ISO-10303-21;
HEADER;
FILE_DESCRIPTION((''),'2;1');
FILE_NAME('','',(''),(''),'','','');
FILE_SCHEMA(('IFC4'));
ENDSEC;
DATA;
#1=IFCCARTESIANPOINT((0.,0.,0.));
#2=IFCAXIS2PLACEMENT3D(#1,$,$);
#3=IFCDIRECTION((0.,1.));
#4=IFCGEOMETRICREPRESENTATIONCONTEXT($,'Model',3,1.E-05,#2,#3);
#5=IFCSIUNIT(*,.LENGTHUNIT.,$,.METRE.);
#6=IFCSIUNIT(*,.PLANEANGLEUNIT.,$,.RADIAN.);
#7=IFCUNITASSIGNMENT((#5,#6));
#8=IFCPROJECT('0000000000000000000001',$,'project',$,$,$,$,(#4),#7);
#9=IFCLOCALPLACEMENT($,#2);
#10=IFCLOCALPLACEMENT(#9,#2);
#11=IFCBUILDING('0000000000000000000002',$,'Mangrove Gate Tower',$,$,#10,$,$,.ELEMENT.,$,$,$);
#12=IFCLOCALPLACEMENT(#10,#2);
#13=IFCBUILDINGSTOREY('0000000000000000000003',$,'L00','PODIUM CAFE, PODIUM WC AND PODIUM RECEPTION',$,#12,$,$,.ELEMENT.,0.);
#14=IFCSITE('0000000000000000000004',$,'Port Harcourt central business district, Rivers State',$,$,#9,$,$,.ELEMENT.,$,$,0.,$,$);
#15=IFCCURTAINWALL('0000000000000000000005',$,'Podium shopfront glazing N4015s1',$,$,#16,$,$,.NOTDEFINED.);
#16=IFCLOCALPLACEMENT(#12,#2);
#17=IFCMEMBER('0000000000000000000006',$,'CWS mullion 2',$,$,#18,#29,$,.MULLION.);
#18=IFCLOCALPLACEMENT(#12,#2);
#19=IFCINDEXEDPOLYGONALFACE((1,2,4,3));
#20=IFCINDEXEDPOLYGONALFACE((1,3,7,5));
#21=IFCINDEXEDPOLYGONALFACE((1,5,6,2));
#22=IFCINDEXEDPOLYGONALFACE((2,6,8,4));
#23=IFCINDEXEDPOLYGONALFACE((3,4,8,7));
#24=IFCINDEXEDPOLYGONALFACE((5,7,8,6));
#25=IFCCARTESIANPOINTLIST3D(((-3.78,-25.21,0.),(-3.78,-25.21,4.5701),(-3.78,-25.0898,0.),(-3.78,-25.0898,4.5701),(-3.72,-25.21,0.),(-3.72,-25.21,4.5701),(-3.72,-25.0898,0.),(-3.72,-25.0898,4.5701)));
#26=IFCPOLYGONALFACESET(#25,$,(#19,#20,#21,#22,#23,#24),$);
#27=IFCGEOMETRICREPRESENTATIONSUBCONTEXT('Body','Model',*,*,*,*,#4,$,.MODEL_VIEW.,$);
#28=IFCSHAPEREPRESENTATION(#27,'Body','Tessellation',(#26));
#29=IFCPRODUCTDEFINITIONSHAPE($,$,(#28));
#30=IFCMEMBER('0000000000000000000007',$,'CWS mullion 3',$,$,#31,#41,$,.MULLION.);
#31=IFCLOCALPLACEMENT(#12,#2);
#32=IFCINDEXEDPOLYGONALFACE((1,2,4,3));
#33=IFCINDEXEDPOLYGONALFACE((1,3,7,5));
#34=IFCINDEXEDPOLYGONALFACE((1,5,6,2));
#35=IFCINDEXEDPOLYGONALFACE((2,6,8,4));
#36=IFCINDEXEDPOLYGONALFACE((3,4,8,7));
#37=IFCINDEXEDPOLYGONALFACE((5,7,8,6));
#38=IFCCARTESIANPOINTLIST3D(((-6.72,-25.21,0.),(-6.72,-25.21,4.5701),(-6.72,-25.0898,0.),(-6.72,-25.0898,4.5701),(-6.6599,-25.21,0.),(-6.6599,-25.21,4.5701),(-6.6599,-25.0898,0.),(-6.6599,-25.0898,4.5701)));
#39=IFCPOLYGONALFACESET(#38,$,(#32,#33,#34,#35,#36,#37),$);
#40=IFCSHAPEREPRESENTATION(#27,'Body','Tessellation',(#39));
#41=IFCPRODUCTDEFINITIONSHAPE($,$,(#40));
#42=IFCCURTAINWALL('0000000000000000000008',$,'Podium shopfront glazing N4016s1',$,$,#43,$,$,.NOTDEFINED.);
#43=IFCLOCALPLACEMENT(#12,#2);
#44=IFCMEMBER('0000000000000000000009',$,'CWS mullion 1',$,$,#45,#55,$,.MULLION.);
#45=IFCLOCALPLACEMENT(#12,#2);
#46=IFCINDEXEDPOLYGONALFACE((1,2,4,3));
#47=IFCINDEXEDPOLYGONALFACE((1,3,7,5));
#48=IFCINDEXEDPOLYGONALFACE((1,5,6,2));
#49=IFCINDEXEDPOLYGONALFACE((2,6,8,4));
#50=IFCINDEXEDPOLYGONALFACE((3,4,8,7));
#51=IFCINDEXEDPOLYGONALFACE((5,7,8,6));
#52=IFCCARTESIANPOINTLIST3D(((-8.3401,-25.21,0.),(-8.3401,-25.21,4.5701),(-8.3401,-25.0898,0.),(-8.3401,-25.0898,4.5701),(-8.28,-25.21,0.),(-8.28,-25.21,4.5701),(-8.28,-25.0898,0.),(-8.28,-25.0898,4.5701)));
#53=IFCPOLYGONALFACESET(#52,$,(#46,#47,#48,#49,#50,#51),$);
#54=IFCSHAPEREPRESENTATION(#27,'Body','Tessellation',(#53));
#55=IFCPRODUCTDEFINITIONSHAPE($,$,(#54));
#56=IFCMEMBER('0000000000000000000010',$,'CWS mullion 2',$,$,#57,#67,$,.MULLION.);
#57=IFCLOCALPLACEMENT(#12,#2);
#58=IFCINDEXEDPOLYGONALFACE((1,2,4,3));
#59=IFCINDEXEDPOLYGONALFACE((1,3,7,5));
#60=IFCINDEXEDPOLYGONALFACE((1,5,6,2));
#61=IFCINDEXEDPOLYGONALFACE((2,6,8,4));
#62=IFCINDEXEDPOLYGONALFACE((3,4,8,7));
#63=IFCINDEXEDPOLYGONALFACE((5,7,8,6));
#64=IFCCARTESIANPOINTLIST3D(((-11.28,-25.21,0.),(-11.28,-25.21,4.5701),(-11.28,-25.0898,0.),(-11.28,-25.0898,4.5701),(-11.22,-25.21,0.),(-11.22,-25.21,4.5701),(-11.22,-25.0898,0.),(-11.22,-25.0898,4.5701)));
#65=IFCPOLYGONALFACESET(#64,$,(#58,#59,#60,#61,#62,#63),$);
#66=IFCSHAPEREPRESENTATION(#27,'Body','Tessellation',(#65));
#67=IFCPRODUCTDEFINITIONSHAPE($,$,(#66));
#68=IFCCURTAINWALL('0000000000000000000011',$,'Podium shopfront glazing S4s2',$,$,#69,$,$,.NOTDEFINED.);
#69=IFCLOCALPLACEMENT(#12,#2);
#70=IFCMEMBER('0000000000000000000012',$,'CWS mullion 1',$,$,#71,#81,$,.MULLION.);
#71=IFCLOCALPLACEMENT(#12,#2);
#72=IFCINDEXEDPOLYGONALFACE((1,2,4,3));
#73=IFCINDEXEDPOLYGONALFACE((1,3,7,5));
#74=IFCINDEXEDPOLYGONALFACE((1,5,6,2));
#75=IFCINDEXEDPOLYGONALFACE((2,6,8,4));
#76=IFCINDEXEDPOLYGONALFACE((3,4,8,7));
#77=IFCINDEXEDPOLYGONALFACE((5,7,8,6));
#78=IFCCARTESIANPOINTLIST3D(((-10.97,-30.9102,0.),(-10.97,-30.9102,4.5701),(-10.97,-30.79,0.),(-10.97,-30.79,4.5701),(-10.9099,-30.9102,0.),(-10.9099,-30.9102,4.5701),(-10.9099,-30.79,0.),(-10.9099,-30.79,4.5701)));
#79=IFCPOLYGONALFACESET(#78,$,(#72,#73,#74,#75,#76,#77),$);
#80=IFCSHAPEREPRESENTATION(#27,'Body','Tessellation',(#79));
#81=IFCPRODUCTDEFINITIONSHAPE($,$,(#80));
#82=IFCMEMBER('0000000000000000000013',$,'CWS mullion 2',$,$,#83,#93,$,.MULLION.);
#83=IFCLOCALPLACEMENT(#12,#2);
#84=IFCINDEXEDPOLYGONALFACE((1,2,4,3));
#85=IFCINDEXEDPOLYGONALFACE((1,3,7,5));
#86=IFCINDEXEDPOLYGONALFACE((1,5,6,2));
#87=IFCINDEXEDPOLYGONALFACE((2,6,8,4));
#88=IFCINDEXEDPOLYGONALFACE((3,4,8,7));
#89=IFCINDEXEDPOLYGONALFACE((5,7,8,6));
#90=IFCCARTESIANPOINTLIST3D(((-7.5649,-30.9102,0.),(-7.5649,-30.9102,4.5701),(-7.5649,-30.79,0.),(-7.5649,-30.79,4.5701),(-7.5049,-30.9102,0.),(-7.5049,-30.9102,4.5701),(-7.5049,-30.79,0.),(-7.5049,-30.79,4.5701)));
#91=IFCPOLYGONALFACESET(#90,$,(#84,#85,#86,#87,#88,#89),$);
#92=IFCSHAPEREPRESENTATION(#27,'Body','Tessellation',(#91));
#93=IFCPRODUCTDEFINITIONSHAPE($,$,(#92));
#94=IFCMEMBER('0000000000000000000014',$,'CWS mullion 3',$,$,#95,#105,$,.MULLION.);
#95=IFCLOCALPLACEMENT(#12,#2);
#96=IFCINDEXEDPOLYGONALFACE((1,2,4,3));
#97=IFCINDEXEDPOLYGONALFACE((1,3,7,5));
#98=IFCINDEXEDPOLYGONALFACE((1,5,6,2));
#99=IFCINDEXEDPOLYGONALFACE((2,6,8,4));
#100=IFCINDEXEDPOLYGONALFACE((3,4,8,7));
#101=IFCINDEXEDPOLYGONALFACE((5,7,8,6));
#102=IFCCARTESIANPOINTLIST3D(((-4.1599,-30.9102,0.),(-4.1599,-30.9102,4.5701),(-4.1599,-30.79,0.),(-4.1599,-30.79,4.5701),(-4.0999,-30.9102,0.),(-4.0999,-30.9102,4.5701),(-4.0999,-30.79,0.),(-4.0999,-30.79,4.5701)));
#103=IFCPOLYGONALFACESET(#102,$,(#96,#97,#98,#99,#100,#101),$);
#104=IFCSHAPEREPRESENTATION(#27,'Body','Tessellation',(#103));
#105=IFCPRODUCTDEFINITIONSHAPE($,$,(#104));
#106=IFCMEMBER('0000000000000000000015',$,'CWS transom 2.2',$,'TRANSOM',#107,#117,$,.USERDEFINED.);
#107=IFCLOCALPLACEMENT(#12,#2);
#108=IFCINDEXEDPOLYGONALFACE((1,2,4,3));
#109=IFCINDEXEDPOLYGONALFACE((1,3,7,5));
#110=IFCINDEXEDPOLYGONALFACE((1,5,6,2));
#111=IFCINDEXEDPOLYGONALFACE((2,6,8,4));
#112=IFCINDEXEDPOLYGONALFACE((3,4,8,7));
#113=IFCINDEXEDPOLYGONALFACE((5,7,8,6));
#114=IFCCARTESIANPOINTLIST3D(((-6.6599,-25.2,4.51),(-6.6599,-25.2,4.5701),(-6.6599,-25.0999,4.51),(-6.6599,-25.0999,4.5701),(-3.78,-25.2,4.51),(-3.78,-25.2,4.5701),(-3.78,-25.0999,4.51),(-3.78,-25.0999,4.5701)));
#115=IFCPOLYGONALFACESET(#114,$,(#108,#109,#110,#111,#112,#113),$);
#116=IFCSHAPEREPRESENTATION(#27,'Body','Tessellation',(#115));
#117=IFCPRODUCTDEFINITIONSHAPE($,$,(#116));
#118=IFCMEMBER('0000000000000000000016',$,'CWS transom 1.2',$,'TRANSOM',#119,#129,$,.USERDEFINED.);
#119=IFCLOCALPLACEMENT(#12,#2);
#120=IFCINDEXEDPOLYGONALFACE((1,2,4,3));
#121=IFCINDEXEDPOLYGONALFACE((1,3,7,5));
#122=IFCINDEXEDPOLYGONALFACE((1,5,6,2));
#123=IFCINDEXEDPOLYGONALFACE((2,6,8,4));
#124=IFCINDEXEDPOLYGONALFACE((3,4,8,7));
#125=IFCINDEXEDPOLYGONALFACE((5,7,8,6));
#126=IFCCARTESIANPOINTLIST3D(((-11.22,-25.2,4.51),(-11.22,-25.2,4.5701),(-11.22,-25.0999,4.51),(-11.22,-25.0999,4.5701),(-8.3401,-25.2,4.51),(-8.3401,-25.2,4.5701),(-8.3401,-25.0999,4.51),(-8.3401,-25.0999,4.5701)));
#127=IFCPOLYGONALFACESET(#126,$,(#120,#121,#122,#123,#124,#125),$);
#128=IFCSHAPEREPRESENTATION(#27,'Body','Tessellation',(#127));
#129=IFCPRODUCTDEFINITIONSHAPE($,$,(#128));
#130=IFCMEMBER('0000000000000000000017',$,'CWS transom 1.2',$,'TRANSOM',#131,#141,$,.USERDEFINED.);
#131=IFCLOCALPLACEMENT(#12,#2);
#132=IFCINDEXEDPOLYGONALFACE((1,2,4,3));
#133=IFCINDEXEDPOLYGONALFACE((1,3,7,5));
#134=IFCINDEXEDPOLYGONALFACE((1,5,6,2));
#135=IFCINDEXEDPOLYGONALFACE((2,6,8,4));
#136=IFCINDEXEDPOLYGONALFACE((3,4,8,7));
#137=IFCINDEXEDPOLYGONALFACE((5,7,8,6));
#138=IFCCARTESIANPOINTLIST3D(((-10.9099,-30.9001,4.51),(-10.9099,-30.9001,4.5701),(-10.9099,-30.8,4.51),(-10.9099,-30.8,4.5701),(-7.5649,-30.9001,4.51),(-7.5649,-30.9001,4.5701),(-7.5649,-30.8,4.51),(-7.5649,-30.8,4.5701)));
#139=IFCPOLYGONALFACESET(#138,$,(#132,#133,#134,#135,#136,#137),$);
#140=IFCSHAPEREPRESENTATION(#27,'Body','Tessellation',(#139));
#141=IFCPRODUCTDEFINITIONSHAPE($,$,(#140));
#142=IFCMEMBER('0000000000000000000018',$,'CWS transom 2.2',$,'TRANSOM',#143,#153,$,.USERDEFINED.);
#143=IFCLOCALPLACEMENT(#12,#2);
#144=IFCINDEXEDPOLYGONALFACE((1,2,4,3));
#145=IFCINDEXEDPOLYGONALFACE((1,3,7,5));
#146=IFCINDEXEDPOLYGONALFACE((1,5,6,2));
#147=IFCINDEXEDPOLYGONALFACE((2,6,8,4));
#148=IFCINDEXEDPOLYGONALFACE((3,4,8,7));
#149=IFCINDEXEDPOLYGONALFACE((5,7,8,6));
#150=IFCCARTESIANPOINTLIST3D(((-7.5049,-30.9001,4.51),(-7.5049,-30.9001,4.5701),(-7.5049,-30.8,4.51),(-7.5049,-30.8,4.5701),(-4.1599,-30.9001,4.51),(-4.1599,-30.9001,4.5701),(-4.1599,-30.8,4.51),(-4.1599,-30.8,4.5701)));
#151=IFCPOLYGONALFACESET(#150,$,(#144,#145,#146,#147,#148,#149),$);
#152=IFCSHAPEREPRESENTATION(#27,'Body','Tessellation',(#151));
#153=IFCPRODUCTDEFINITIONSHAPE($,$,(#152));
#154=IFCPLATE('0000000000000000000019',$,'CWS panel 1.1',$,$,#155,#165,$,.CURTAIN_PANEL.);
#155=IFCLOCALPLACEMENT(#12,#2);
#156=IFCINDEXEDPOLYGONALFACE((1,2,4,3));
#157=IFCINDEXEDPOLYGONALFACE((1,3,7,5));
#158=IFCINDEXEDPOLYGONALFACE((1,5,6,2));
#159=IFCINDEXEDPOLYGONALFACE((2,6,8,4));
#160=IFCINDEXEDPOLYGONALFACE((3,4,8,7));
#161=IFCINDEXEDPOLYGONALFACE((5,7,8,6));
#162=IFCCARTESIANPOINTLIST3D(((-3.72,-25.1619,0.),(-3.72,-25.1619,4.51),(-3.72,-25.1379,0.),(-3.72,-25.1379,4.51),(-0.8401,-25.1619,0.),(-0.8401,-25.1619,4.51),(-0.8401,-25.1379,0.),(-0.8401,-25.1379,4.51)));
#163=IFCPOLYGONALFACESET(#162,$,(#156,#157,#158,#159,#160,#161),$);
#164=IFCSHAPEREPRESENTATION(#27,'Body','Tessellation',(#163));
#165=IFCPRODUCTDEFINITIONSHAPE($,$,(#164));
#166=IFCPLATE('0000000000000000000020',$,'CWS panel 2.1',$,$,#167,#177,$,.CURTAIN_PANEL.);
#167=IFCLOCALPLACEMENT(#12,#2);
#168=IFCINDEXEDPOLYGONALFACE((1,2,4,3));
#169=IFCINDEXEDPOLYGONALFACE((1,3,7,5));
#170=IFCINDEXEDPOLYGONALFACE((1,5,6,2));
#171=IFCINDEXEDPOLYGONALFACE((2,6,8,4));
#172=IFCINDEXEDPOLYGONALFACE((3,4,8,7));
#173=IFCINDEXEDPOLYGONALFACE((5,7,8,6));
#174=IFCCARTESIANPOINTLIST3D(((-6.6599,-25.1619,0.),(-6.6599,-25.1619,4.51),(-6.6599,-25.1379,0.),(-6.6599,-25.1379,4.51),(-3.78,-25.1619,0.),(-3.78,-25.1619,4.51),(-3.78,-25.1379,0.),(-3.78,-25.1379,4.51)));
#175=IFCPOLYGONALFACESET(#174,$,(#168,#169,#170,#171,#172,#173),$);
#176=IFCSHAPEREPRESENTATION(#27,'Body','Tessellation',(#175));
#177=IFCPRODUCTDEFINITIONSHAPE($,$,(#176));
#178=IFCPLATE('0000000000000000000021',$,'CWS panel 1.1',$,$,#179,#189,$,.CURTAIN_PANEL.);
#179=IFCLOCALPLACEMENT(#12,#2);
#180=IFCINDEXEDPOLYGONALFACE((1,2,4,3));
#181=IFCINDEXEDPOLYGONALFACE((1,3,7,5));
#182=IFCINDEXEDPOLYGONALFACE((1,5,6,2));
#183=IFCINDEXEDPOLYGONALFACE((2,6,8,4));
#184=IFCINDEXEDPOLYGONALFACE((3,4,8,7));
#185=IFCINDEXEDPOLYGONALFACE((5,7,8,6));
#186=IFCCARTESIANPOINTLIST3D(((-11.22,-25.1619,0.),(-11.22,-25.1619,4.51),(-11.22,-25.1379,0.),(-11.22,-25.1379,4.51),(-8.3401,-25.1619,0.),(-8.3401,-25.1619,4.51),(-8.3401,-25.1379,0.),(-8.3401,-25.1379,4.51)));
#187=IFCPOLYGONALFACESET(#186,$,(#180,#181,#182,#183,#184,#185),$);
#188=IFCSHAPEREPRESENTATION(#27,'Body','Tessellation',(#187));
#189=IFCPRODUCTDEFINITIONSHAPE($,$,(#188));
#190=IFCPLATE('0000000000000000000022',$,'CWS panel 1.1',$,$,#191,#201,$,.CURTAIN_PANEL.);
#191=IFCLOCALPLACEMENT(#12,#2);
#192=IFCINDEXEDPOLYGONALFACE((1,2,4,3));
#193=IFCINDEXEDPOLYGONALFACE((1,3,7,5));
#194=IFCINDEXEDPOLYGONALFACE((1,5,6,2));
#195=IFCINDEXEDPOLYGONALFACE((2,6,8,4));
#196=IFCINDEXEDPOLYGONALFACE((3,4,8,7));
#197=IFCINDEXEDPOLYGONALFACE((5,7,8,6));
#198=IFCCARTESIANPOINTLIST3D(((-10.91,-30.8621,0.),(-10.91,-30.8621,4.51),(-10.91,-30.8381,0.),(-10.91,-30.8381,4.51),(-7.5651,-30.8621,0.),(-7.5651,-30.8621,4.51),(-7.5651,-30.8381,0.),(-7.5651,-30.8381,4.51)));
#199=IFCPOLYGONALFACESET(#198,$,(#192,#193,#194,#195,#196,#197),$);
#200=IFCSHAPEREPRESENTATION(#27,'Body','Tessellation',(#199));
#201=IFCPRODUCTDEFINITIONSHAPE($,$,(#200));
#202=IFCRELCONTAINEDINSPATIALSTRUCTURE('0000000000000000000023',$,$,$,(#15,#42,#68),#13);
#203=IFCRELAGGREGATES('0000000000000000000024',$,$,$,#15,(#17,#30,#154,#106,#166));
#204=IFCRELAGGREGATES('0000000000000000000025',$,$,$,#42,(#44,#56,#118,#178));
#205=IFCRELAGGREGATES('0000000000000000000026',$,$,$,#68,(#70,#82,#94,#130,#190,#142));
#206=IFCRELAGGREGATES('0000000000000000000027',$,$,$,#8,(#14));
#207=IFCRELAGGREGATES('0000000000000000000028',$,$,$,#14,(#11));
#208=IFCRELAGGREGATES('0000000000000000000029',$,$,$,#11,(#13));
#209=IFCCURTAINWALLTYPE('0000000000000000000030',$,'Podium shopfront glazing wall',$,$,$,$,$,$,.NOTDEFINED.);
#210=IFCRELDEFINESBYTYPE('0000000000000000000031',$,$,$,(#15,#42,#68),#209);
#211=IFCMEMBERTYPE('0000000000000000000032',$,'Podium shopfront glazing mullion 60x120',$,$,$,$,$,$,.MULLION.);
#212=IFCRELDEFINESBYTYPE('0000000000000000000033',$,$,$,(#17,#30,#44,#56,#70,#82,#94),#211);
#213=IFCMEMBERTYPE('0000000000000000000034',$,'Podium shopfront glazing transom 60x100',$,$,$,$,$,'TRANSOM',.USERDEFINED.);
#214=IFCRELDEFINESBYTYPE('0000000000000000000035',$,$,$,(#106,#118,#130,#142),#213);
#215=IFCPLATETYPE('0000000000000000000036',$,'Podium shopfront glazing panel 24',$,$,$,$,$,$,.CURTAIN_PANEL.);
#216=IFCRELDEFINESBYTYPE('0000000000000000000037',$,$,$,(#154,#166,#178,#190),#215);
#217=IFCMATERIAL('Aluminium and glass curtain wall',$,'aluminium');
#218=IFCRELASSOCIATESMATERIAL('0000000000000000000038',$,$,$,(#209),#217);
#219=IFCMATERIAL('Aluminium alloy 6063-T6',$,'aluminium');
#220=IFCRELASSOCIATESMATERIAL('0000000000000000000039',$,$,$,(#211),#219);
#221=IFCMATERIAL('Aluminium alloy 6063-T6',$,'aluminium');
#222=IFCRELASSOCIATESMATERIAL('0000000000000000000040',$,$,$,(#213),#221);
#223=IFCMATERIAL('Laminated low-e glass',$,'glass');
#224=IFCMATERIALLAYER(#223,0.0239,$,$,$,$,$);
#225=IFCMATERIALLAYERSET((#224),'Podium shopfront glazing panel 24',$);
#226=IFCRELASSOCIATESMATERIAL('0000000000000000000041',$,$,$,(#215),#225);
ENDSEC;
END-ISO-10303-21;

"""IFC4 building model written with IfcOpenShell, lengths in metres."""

from ifc_helpers import new_model, si_unit, direction, frame, origin, origin_2d, place, context, subcontext, project, spatial, rectangle, extrude, material, layer, layer_set, material_profile, profile_set, type_object, element, aggregate, save


model = new_model("IFC4")

# Units and contexts
model_context = context("Model", 3, precision=1e-05, world=origin(), true_north=direction((0.0, 1.0)))
body_context = subcontext(model_context, "Body", "Model", "MODEL_VIEW")
ifc_project = project(units=[si_unit("LENGTHUNIT", "METRE"), si_unit("PLANEANGLEUNIT", "RADIAN")], contexts=[model_context])

# Site, building, storey
site_placement = place(None, origin())
site = spatial("IfcSite", under=ifc_project, at=site_placement, Name="Port Harcourt central business district, Rivers State", CompositionType="ELEMENT", RefElevation=0.0)
building_placement = place(site_placement, origin())
building = spatial("IfcBuilding", under=site, at=building_placement, Name="Mangrove Gate Tower", CompositionType="ELEMENT")
storey_placement = place(building_placement, origin())
storey = spatial("IfcBuildingStorey", under=building, at=storey_placement, Name="L00", Description="PODIUM CAFE, PODIUM WC AND PODIUM RECEPTION", CompositionType="ELEMENT", Elevation=0.0)

# Curtain walls, members
ifc_material_1 = material(Name="Aluminium and glass curtain wall", Category="aluminium")
curtain_wall_type = type_object("IfcCurtainWallType", Name="Podium shopfront glazing wall", PredefinedType="NOTDEFINED", material=ifc_material_1)
curtain_wall_1_placement = place(storey_placement, origin())
curtain_wall_1 = element("IfcCurtainWall", 1, at=curtain_wall_1_placement, inside=storey, type_object=curtain_wall_type, Name="Podium shopfront glazing N4015s1", PredefinedType="NOTDEFINED")
ifc_material_2 = material(Name="Aluminium alloy 6063-T6", Category="aluminium")
ifc_material_profile_1 = material_profile(ifc_material_2, rectangle(XDim=0.0601, YDim=0.1201, at=origin_2d()))
ifc_profile_set_1 = profile_set([ifc_material_profile_1], Name="Aluminium alloy 6063-T6")
member_type_1 = type_object("IfcMemberType", Name="Podium shopfront glazing mullion 60x120", PredefinedType="MULLION", material=ifc_profile_set_1)
member_1_placement = place(storey_placement, frame((-3.75, -25.1499, 0.0), z_axis=(0.0, 0.0, 1.0), x_axis=(-1.0, 0.0, 0.0)))
member_1 = element("IfcMember", 2, at=member_1_placement, type_object=member_type_1, Name="CWS mullion 2", PredefinedType="MULLION", context=body_context, shape_type="SweptSolid", body=[
    extrude(rectangle(XDim=0.0601, YDim=0.1201, at=origin_2d()), origin(), (0.0, 0.0, 1.0), 4.5701),
])
member_2_placement = place(storey_placement, frame((-6.6899, -25.1499, 0.0), z_axis=(0.0, 0.0, 1.0), x_axis=(-1.0, 0.0, 0.0)))
member_2 = element("IfcMember", 3, at=member_2_placement, type_object=member_type_1, Name="CWS mullion 3", PredefinedType="MULLION", context=body_context, shape_type="SweptSolid", body=[
    extrude(rectangle(XDim=0.0601, YDim=0.1201, at=origin_2d()), origin(), (0.0, 0.0, 1.0), 4.5701),
])
curtain_wall_2_placement = place(storey_placement, origin())
curtain_wall_2 = element("IfcCurtainWall", 4, at=curtain_wall_2_placement, inside=storey, type_object=curtain_wall_type, Name="Podium shopfront glazing N4016s1", PredefinedType="NOTDEFINED")
member_3_placement = place(storey_placement, frame((-8.3101, -25.1499, 0.0), z_axis=(0.0, 0.0, 1.0), x_axis=(-1.0, 0.0, 0.0)))
member_3 = element("IfcMember", 5, at=member_3_placement, type_object=member_type_1, Name="CWS mullion 1", PredefinedType="MULLION", context=body_context, shape_type="SweptSolid", body=[
    extrude(rectangle(XDim=0.0601, YDim=0.1201, at=origin_2d()), origin(), (0.0, 0.0, 1.0), 4.5701),
])
member_4_placement = place(storey_placement, frame((-11.25, -25.1499, 0.0), z_axis=(0.0, 0.0, 1.0), x_axis=(-1.0, 0.0, 0.0)))
member_4 = element("IfcMember", 6, at=member_4_placement, type_object=member_type_1, Name="CWS mullion 2", PredefinedType="MULLION", context=body_context, shape_type="SweptSolid", body=[
    extrude(rectangle(XDim=0.0601, YDim=0.1201, at=origin_2d()), origin(), (0.0, 0.0, 1.0), 4.5701),
])
curtain_wall_3_placement = place(storey_placement, origin())
curtain_wall_3 = element("IfcCurtainWall", 7, at=curtain_wall_3_placement, inside=storey, type_object=curtain_wall_type, Name="Podium shopfront glazing S4s2", PredefinedType="NOTDEFINED")
member_5_placement = place(storey_placement, frame((-10.9399, -30.8501, 0.0), z_axis=(0.0, 0.0, 1.0), x_axis=(1.0, 0.0, 0.0)))
member_5 = element("IfcMember", 8, at=member_5_placement, type_object=member_type_1, Name="CWS mullion 1", PredefinedType="MULLION", context=body_context, shape_type="SweptSolid", body=[
    extrude(rectangle(XDim=0.0601, YDim=0.1201, at=origin_2d()), origin(), (0.0, 0.0, 1.0), 4.5701),
])
member_6_placement = place(storey_placement, frame((-7.5349, -30.8501, 0.0), z_axis=(0.0, 0.0, 1.0), x_axis=(1.0, 0.0, 0.0)))
member_6 = element("IfcMember", 9, at=member_6_placement, type_object=member_type_1, Name="CWS mullion 2", PredefinedType="MULLION", context=body_context, shape_type="SweptSolid", body=[
    extrude(rectangle(XDim=0.0601, YDim=0.1201, at=origin_2d()), origin(), (0.0, 0.0, 1.0), 4.5701),
])
member_7_placement = place(storey_placement, frame((-4.1299, -30.8501, 0.0), z_axis=(0.0, 0.0, 1.0), x_axis=(1.0, 0.0, 0.0)))
member_7 = element("IfcMember", 10, at=member_7_placement, type_object=member_type_1, Name="CWS mullion 3", PredefinedType="MULLION", context=body_context, shape_type="SweptSolid", body=[
    extrude(rectangle(XDim=0.0601, YDim=0.1201, at=origin_2d()), origin(), (0.0, 0.0, 1.0), 4.5701),
])

# Members
ifc_material_3 = material(Name="Aluminium alloy 6063-T6", Category="aluminium")
ifc_material_profile_2 = material_profile(ifc_material_3, rectangle(XDim=0.0601, YDim=0.1001, at=origin_2d()))
ifc_profile_set_2 = profile_set([ifc_material_profile_2], Name="Aluminium alloy 6063-T6")
member_type_2 = type_object("IfcMemberType", Name="Podium shopfront glazing transom 60x100", ElementType="TRANSOM", PredefinedType="USERDEFINED", material=ifc_profile_set_2)
member_8_placement = place(storey_placement, frame((-3.78, -25.1499, 4.54), z_axis=(-1.0, 0.0, 0.0), x_axis=(0.0, 0.0, 1.0)))
member_8 = element("IfcMember", 11, at=member_8_placement, type_object=member_type_2, Name="CWS transom 2.2", ObjectType="TRANSOM", PredefinedType="USERDEFINED", context=body_context, shape_type="SweptSolid", body=[
    extrude(rectangle(XDim=0.0601, YDim=0.1001, at=origin_2d()), origin(), (0.0, 0.0, 1.0), 2.8799),
])
member_9_placement = place(storey_placement, frame((-8.3401, -25.1499, 4.54), z_axis=(-1.0, 0.0, 0.0), x_axis=(0.0, 0.0, 1.0)))
member_9 = element("IfcMember", 12, at=member_9_placement, type_object=member_type_2, Name="CWS transom 1.2", ObjectType="TRANSOM", PredefinedType="USERDEFINED", context=body_context, shape_type="SweptSolid", body=[
    extrude(rectangle(XDim=0.0601, YDim=0.1001, at=origin_2d()), origin(), (0.0, 0.0, 1.0), 2.8799),
])
member_10_placement = place(storey_placement, frame((-10.9099, -30.8501, 4.54), z_axis=(1.0, 0.0, 0.0), x_axis=(0.0, 0.0, 1.0)))
member_10 = element("IfcMember", 13, at=member_10_placement, type_object=member_type_2, Name="CWS transom 1.2", ObjectType="TRANSOM", PredefinedType="USERDEFINED", context=body_context, shape_type="SweptSolid", body=[
    extrude(rectangle(XDim=0.0601, YDim=0.1001, at=origin_2d()), origin(), (0.0, 0.0, 1.0), 3.345),
])
member_11_placement = place(storey_placement, frame((-7.5049, -30.8501, 4.54), z_axis=(1.0, 0.0, 0.0), x_axis=(0.0, 0.0, 1.0)))
member_11 = element("IfcMember", 14, at=member_11_placement, type_object=member_type_2, Name="CWS transom 2.2", ObjectType="TRANSOM", PredefinedType="USERDEFINED", context=body_context, shape_type="SweptSolid", body=[
    extrude(rectangle(XDim=0.0601, YDim=0.1001, at=origin_2d()), origin(), (0.0, 0.0, 1.0), 3.345),
])

# Plates
ifc_material_4 = material(Name="Laminated low-e glass", Category="glass")
ifc_layer_1 = layer(ifc_material_4, 0.0239)
ifc_layer_set_1 = layer_set([ifc_layer_1], Name="Podium shopfront glazing panel 24")
plate_type = type_object("IfcPlateType", Name="Podium shopfront glazing panel 24", PredefinedType="CURTAIN_PANEL", material=ifc_layer_set_1)
plate_1_placement = place(storey_placement, frame((-2.28, -25.1499, 0.0), z_axis=(0.0, 0.0, 1.0), x_axis=(-1.0, 0.0, 0.0)))
plate_1 = element("IfcPlate", 15, at=plate_1_placement, type_object=plate_type, Name="CWS panel 1.1", PredefinedType="CURTAIN_PANEL", context=body_context, shape_type="SweptSolid", body=[
    extrude(rectangle(XDim=2.8799, YDim=0.0239, at=origin_2d()), origin(), (0.0, 0.0, 1.0), 4.51),
])
plate_2_placement = place(storey_placement, frame((-5.22, -25.1499, 0.0), z_axis=(0.0, 0.0, 1.0), x_axis=(-1.0, 0.0, 0.0)))
plate_2 = element("IfcPlate", 16, at=plate_2_placement, type_object=plate_type, Name="CWS panel 2.1", PredefinedType="CURTAIN_PANEL", context=body_context, shape_type="SweptSolid", body=[
    extrude(rectangle(XDim=2.8799, YDim=0.0239, at=origin_2d()), origin(), (0.0, 0.0, 1.0), 4.51),
])
aggregate(curtain_wall_1, [member_1, member_2, plate_1, member_8, plate_2])
plate_3_placement = place(storey_placement, frame((-9.78, -25.1499, 0.0), z_axis=(0.0, 0.0, 1.0), x_axis=(-1.0, 0.0, 0.0)))
plate_3 = element("IfcPlate", 17, at=plate_3_placement, type_object=plate_type, Name="CWS panel 1.1", PredefinedType="CURTAIN_PANEL", context=body_context, shape_type="SweptSolid", body=[
    extrude(rectangle(XDim=2.8799, YDim=0.0239, at=origin_2d()), origin(), (0.0, 0.0, 1.0), 4.51),
])
aggregate(curtain_wall_2, [member_3, member_4, member_9, plate_3])
plate_4_placement = place(storey_placement, frame((-9.2375, -30.8501, 0.0), z_axis=(0.0, 0.0, 1.0), x_axis=(1.0, 0.0, 0.0)))
plate_4 = element("IfcPlate", 18, at=plate_4_placement, type_object=plate_type, Name="CWS panel 1.1", PredefinedType="CURTAIN_PANEL", context=body_context, shape_type="SweptSolid", body=[
    extrude(rectangle(XDim=3.345, YDim=0.0239, at=origin_2d()), origin(), (0.0, 0.0, 1.0), 4.51),
])
aggregate(curtain_wall_3, [member_5, member_6, member_7, member_10, plate_4, member_11])

save(model, "model.ifc")
